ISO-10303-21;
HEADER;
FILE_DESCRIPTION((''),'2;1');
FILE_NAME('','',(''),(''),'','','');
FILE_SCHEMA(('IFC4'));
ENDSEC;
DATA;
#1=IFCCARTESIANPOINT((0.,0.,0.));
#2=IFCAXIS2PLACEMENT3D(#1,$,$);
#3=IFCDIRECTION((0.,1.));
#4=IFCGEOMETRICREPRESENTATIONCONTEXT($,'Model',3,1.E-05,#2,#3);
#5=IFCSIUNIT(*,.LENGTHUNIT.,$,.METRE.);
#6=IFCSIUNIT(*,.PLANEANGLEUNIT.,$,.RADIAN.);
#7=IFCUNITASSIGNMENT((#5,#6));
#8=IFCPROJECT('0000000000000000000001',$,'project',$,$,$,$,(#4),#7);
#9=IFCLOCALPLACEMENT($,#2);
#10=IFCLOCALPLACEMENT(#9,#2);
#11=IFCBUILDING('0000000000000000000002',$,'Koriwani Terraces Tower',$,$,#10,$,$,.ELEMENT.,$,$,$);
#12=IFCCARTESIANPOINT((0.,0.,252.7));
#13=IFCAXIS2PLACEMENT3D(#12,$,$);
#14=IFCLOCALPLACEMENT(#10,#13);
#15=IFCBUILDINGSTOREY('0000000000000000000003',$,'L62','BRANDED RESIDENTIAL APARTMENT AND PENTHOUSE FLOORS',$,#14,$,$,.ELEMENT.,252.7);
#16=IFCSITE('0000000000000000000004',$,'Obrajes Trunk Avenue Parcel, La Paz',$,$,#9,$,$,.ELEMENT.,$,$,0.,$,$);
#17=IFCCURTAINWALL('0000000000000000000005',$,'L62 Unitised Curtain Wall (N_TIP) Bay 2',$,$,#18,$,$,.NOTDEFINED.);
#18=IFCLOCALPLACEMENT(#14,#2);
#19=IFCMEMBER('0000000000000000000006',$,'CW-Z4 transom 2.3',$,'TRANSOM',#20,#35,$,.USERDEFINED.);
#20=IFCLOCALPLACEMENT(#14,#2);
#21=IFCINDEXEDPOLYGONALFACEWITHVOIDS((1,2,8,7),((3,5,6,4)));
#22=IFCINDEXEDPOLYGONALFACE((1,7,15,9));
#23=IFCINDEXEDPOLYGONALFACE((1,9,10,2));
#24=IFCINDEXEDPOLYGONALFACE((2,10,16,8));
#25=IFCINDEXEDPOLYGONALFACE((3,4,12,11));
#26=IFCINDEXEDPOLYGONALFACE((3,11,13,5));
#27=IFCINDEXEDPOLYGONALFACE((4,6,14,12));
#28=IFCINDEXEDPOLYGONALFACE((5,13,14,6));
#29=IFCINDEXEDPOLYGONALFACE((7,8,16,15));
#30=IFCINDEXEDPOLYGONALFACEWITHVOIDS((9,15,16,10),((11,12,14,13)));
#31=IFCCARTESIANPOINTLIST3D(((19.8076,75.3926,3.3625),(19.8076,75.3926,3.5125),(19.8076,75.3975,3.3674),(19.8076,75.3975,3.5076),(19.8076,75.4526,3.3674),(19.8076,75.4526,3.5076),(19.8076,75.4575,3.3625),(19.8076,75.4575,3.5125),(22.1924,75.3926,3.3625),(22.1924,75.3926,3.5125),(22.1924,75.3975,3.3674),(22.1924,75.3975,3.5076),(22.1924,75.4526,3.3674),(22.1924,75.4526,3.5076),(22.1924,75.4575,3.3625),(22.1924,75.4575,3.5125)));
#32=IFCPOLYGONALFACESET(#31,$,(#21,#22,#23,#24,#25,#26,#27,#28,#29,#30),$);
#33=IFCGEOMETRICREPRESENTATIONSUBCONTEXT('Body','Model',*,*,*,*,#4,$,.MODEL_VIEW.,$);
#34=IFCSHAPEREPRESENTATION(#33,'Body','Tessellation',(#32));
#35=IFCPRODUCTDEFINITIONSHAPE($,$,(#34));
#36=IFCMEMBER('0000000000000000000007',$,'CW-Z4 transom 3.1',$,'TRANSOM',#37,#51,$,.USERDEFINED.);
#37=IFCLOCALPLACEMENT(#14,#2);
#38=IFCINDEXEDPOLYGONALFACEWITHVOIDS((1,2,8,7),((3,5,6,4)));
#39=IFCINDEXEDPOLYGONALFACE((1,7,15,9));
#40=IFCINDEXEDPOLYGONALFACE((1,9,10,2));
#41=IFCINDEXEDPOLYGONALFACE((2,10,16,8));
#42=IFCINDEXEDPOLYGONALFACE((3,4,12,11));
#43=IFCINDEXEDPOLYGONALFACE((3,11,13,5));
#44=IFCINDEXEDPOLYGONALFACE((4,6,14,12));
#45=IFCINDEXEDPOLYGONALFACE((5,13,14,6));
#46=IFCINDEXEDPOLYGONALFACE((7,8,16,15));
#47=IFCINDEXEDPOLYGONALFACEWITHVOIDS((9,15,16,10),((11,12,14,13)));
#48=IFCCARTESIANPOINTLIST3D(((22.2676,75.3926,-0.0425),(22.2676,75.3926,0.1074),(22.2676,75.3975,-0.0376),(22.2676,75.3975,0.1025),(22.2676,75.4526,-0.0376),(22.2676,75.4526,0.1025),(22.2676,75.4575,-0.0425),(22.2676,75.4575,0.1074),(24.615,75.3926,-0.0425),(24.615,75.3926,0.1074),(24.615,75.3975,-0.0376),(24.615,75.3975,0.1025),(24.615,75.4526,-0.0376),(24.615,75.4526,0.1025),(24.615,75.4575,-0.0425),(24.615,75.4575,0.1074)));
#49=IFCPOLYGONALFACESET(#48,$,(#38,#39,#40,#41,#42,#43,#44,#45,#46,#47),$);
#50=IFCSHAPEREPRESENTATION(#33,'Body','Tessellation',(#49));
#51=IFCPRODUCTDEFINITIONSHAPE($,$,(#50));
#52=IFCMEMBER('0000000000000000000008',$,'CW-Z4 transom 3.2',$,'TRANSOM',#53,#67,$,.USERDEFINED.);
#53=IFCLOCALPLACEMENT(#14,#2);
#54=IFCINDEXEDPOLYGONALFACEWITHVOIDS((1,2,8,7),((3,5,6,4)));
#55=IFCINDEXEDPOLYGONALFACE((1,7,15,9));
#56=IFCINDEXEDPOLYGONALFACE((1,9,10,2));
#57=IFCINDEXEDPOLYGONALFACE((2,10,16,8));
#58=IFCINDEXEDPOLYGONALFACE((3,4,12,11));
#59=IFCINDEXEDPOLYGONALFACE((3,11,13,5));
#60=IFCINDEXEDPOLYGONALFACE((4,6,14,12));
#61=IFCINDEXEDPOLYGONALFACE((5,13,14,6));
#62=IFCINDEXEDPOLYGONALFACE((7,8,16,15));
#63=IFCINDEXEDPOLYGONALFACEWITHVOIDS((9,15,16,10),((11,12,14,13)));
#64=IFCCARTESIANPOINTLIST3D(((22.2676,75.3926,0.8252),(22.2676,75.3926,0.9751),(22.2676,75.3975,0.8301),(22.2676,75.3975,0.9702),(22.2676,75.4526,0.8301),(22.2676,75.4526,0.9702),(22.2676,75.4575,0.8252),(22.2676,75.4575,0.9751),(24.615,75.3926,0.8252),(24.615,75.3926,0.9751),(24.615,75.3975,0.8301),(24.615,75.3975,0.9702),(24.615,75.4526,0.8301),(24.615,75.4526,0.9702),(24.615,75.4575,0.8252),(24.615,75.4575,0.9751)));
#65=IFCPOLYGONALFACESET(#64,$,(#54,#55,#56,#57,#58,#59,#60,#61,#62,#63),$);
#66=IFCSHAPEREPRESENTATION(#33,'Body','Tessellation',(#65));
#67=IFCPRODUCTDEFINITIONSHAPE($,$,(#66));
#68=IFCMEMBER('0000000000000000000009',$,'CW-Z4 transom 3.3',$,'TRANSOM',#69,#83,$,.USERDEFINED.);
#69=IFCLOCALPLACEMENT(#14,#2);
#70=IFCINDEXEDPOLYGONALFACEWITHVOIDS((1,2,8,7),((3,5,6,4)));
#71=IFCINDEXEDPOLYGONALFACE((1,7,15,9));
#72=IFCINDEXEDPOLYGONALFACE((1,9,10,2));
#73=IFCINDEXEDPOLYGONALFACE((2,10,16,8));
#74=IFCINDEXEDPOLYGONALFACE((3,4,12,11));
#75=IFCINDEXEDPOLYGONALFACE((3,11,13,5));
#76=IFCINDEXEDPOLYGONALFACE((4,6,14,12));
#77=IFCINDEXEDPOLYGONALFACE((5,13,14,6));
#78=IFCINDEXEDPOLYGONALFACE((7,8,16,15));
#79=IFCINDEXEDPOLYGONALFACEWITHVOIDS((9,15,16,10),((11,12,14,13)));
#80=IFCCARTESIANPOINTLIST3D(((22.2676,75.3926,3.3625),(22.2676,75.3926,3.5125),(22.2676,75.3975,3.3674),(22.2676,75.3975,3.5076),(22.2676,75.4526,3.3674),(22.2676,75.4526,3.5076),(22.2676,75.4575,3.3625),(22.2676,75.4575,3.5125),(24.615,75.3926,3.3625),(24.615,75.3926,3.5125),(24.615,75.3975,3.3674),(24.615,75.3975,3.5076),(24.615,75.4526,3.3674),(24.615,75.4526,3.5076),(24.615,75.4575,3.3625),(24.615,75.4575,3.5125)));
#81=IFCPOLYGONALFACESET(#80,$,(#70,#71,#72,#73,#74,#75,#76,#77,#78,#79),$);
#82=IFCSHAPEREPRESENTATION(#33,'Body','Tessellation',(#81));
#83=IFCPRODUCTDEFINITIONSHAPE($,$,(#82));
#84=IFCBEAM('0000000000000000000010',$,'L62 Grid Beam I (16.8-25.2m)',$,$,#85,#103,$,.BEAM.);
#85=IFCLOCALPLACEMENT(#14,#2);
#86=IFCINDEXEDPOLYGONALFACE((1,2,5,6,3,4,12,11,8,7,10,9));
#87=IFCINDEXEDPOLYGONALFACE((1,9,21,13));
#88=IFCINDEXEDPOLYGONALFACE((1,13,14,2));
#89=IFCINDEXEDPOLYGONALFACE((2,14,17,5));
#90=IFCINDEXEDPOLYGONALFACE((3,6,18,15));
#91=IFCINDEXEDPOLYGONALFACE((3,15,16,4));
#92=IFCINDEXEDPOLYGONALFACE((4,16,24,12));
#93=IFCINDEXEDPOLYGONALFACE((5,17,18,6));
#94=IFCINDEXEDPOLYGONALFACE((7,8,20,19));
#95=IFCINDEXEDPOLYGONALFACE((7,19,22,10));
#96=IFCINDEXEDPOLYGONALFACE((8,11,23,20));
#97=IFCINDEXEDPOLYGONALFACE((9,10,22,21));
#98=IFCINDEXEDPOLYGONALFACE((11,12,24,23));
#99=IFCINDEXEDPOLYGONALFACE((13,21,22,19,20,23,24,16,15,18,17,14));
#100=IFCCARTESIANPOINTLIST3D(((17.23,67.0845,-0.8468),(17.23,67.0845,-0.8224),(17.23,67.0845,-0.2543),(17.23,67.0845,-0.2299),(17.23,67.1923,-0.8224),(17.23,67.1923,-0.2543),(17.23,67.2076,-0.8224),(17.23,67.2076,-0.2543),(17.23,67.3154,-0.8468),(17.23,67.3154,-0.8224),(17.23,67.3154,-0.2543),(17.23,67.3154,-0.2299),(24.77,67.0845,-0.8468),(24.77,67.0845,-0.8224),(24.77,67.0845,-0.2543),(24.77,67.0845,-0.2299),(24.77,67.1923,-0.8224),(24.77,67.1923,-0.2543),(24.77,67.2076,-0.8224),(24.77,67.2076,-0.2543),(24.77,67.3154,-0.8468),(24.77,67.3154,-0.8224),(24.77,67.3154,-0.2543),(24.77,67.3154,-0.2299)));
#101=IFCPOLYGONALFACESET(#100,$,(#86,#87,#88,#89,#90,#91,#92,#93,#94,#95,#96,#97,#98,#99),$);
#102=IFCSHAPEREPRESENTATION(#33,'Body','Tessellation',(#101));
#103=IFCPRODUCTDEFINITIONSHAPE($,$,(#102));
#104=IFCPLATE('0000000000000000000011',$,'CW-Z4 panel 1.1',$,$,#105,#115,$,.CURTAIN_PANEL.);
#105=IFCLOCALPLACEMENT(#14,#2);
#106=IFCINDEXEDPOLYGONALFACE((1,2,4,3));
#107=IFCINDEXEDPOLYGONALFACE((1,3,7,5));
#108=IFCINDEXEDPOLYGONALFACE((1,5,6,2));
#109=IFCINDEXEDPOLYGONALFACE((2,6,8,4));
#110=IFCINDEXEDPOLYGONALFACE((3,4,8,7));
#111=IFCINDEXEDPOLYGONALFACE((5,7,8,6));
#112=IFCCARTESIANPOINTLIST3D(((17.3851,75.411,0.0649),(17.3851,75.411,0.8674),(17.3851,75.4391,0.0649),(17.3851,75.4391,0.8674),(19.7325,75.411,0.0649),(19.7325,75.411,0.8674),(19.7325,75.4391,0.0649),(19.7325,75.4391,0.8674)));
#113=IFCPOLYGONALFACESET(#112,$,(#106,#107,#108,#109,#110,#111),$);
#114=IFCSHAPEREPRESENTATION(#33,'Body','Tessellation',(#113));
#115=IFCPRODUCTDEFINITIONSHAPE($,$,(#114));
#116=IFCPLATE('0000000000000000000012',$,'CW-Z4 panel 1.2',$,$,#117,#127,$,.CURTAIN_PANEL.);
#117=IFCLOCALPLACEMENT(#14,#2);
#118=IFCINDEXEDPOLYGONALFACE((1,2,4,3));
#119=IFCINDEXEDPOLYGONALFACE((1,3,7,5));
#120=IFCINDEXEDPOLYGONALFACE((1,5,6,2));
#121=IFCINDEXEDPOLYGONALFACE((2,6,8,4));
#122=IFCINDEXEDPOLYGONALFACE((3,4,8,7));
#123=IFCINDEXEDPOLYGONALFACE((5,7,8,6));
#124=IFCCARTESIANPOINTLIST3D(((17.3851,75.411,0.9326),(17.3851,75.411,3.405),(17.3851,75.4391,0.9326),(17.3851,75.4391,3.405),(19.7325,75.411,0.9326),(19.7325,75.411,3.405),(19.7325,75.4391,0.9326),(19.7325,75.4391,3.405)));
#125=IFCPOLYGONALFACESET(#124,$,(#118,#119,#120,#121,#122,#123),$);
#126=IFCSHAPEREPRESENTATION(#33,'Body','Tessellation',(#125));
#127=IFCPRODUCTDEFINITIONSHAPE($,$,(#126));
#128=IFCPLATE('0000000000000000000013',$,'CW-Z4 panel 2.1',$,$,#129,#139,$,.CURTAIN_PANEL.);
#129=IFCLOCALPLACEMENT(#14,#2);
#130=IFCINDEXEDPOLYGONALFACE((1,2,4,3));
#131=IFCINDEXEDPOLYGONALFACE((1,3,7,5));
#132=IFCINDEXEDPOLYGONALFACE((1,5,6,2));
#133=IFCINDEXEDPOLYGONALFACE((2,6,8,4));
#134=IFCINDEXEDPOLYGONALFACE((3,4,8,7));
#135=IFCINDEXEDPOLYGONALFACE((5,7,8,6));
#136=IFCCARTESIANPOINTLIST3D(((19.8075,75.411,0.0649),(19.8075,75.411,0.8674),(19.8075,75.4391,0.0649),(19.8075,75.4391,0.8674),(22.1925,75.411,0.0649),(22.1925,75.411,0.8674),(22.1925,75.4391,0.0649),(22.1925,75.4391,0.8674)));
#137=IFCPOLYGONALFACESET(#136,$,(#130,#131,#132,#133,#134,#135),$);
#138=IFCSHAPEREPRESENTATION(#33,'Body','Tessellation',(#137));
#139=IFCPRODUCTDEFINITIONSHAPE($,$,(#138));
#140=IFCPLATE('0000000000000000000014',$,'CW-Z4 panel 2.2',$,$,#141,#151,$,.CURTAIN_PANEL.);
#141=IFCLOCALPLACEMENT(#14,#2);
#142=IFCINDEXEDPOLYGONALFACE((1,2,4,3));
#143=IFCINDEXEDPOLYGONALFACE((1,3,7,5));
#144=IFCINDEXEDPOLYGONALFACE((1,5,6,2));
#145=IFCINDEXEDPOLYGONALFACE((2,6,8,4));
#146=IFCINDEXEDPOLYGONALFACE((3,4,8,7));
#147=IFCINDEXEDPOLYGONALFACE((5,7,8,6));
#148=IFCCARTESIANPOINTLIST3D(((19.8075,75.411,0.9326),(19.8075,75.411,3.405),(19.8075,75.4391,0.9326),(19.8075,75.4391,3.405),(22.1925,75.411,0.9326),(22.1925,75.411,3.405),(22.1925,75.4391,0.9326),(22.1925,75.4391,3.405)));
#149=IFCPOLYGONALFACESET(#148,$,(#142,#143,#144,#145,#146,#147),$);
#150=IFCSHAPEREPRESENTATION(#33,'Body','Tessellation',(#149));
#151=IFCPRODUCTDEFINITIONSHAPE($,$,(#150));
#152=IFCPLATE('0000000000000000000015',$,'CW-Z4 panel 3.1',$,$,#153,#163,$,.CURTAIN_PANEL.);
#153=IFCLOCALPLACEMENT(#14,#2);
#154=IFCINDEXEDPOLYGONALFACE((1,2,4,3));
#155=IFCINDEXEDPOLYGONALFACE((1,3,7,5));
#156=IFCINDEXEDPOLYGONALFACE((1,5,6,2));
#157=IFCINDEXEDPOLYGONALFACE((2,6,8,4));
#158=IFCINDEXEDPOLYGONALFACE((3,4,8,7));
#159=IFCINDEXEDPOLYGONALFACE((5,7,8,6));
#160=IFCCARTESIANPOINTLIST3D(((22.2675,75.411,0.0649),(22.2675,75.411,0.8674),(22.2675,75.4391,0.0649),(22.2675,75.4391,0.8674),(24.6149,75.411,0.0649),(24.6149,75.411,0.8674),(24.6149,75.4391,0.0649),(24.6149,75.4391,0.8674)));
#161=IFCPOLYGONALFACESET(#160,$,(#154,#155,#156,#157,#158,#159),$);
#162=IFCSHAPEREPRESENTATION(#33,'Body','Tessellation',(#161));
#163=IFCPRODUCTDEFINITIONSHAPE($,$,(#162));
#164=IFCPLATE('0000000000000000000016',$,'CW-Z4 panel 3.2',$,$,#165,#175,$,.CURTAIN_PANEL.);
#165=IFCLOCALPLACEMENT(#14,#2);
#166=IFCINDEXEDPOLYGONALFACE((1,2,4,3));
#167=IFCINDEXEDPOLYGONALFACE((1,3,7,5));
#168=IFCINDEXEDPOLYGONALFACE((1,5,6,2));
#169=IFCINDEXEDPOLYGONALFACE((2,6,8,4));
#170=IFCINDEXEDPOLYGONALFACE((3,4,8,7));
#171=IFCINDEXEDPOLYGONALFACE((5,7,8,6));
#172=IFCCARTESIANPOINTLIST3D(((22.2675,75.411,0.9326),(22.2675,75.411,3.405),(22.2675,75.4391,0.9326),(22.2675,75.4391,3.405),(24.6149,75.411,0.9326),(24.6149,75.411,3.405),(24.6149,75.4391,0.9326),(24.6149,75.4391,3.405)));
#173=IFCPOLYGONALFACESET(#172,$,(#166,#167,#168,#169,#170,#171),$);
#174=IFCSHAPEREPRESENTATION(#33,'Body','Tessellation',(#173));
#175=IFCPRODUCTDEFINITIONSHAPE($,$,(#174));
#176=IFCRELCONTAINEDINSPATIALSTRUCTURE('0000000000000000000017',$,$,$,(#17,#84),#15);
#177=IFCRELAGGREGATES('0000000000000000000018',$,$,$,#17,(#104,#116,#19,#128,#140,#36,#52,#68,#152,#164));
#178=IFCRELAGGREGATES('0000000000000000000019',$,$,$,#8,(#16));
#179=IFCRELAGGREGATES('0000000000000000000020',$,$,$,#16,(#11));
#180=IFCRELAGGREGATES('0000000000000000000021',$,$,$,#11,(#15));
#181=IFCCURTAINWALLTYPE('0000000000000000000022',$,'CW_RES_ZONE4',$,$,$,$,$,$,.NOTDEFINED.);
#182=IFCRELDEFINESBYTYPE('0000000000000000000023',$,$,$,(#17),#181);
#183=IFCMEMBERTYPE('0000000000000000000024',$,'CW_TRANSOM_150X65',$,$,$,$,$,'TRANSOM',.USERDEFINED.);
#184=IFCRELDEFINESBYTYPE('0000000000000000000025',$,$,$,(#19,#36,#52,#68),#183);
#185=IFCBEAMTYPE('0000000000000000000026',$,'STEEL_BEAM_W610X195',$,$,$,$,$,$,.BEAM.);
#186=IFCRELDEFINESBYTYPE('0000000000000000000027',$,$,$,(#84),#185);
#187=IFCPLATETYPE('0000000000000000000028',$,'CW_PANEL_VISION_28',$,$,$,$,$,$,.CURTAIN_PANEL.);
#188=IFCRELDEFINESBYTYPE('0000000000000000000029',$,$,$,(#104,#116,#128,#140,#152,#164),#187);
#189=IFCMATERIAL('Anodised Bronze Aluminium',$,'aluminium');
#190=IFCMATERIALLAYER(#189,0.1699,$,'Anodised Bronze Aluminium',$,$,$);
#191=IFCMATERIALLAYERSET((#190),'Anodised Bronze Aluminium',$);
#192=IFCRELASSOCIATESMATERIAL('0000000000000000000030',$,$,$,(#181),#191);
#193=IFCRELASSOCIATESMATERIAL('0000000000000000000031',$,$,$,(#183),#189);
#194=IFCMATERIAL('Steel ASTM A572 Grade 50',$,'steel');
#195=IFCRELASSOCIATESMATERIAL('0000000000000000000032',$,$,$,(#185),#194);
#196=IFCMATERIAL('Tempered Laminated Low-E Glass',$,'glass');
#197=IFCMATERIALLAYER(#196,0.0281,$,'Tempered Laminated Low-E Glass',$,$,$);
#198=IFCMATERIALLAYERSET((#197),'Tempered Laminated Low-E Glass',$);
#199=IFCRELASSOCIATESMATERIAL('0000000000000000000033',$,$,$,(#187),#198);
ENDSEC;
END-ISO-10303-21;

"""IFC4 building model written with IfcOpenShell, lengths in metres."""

from ifc_helpers import new_model, si_unit, direction, frame, origin, origin_2d, place, context, subcontext, project, spatial, rectangle, hollow_rectangle, i_section, extrude, material, layer, layer_set, material_profile, profile_set, type_object, element, aggregate, save


model = new_model("IFC4")

# Units and contexts
model_context = context("Model", 3, precision=1e-05, world=origin(), true_north=direction((0.0, 1.0)))
body_context = subcontext(model_context, "Body", "Model", "MODEL_VIEW")
ifc_project = project(units=[si_unit("LENGTHUNIT", "METRE"), si_unit("PLANEANGLEUNIT", "RADIAN")], contexts=[model_context])

# Site, building, storey
site_placement = place(None, origin())
site = spatial("IfcSite", under=ifc_project, at=site_placement, Name="Obrajes Trunk Avenue Parcel, La Paz", CompositionType="ELEMENT", RefElevation=0.0)
building_placement = place(site_placement, origin())
building = spatial("IfcBuilding", under=site, at=building_placement, Name="Koriwani Terraces Tower", CompositionType="ELEMENT")
storey_placement = place(building_placement, frame((0.0, 0.0, 252.7)))
storey = spatial("IfcBuildingStorey", under=building, at=storey_placement, Name="L62", Description="BRANDED RESIDENTIAL APARTMENT AND PENTHOUSE FLOORS", CompositionType="ELEMENT", Elevation=252.7)

# Curtain wall, members
ifc_material_1 = material(Name="Anodised Bronze Aluminium", Category="aluminium")
ifc_layer_1 = layer(ifc_material_1, 0.1699, Name="Anodised Bronze Aluminium")
ifc_layer_set_1 = layer_set([ifc_layer_1], Name="Anodised Bronze Aluminium")
curtain_wall_type = type_object("IfcCurtainWallType", Name="CW_RES_ZONE4", PredefinedType="NOTDEFINED", material=ifc_layer_set_1)
curtain_wall_placement = place(storey_placement, origin())
curtain_wall = element("IfcCurtainWall", 1, at=curtain_wall_placement, inside=storey, type_object=curtain_wall_type, Name="L62 Unitised Curtain Wall (N_TIP) Bay 2", PredefinedType="NOTDEFINED")
ifc_material_profile_1 = material_profile(ifc_material_1, hollow_rectangle(XDim=0.0649, YDim=0.1499, WallThickness=0.0049, at=origin_2d()), Name="Anodised Bronze Aluminium", Category="LoadBearing")
ifc_profile_set_1 = profile_set([ifc_material_profile_1], Name="Anodised Bronze Aluminium")
member_type_1 = type_object("IfcMemberType", Name="CW_TRANSOM_150X65", ElementType="TRANSOM", PredefinedType="USERDEFINED", material=ifc_profile_set_1)
member_1_placement = place(storey_placement, frame((19.8076, 75.425, 3.4375), z_axis=(1.0, 0.0, 0.0), x_axis=(0.0, 1.0, 0.0)))
member_1 = element("IfcMember", 2, at=member_1_placement, type_object=member_type_1, Name="CW-Z4 transom 2.3", ObjectType="TRANSOM", PredefinedType="USERDEFINED", context=body_context, shape_type="SweptSolid", body=[
    extrude(hollow_rectangle(XDim=0.0649, YDim=0.1499, WallThickness=0.0049, at=origin_2d()), origin(), (0.0, 0.0, 1.0), 2.3848),
])
member_2_placement = place(storey_placement, frame((22.2676, 75.425, 0.0325), z_axis=(1.0, 0.0, 0.0), x_axis=(0.0, 1.0, 0.0)))
member_2 = element("IfcMember", 3, at=member_2_placement, type_object=member_type_1, Name="CW-Z4 transom 3.1", ObjectType="TRANSOM", PredefinedType="USERDEFINED", context=body_context, shape_type="SweptSolid", body=[
    extrude(hollow_rectangle(XDim=0.0649, YDim=0.1499, WallThickness=0.0049, at=origin_2d()), origin(), (0.0, 0.0, 1.0), 2.3474),
])
member_3_placement = place(storey_placement, frame((22.2676, 75.425, 0.9001), z_axis=(1.0, 0.0, 0.0), x_axis=(0.0, 1.0, 0.0)))
member_3 = element("IfcMember", 4, at=member_3_placement, type_object=member_type_1, Name="CW-Z4 transom 3.2", ObjectType="TRANSOM", PredefinedType="USERDEFINED", context=body_context, shape_type="SweptSolid", body=[
    extrude(hollow_rectangle(XDim=0.0649, YDim=0.1499, WallThickness=0.0049, at=origin_2d()), origin(), (0.0, 0.0, 1.0), 2.3474),
])
member_4_placement = place(storey_placement, frame((22.2676, 75.425, 3.4375), z_axis=(1.0, 0.0, 0.0), x_axis=(0.0, 1.0, 0.0)))
member_4 = element("IfcMember", 5, at=member_4_placement, type_object=member_type_1, Name="CW-Z4 transom 3.3", ObjectType="TRANSOM", PredefinedType="USERDEFINED", context=body_context, shape_type="SweptSolid", body=[
    extrude(hollow_rectangle(XDim=0.0649, YDim=0.1499, WallThickness=0.0049, at=origin_2d()), origin(), (0.0, 0.0, 1.0), 2.3474),
])

# Beam
ifc_material_2 = material(Name="Steel ASTM A572 Grade 50", Category="steel")
ifc_material_profile_2 = material_profile(ifc_material_2, i_section(OverallWidth=0.231, OverallDepth=0.6169, WebThickness=0.0154, FlangeThickness=0.0244, at=origin_2d()), Name="Steel ASTM A572 Grade 50", Category="LoadBearing")
ifc_profile_set_2 = profile_set([ifc_material_profile_2], Name="Steel ASTM A572 Grade 50")
beam_type = type_object("IfcBeamType", Name="STEEL_BEAM_W610X195", PredefinedType="BEAM", material=ifc_profile_set_2)
beam_placement = place(storey_placement, frame((17.23, 67.2, -0.5383), z_axis=(1.0, 0.0, 0.0), x_axis=(0.0, 1.0, 0.0)))
element("IfcBeam", 6, at=beam_placement, inside=storey, type_object=beam_type, Name="L62 Grid Beam I (16.8-25.2m)", PredefinedType="BEAM", context=body_context, shape_type="SweptSolid", body=[
    extrude(i_section(OverallWidth=0.231, OverallDepth=0.6169, WebThickness=0.0154, FlangeThickness=0.0244, at=origin_2d()), origin(), (0.0, 0.0, 1.0), 7.54),
])

# Plates
ifc_material_3 = material(Name="Tempered Laminated Low-E Glass", Category="glass")
ifc_layer_2 = layer(ifc_material_3, 0.0281, Name="Tempered Laminated Low-E Glass")
ifc_layer_set_2 = layer_set([ifc_layer_2], Name="Tempered Laminated Low-E Glass")
plate_type = type_object("IfcPlateType", Name="CW_PANEL_VISION_28", PredefinedType="CURTAIN_PANEL", material=ifc_layer_set_2)
plate_1_placement = place(storey_placement, frame((18.5588, 75.425, 0.0649), z_axis=(0.0, 0.0, 1.0), x_axis=(1.0, 0.0, 0.0)))
plate_1 = element("IfcPlate", 7, at=plate_1_placement, type_object=plate_type, Name="CW-Z4 panel 1.1", PredefinedType="CURTAIN_PANEL", context=body_context, shape_type="SweptSolid", body=[
    extrude(rectangle(XDim=2.3474, YDim=0.0281, at=origin_2d()), origin(), (0.0, 0.0, 1.0), 0.8025),
])
plate_2_placement = place(storey_placement, frame((18.5588, 75.425, 0.9326), z_axis=(0.0, 0.0, 1.0), x_axis=(1.0, 0.0, 0.0)))
plate_2 = element("IfcPlate", 8, at=plate_2_placement, type_object=plate_type, Name="CW-Z4 panel 1.2", PredefinedType="CURTAIN_PANEL", context=body_context, shape_type="SweptSolid", body=[
    extrude(rectangle(XDim=2.3474, YDim=0.0281, at=origin_2d()), origin(), (0.0, 0.0, 1.0), 2.4724),
])
plate_3_placement = place(storey_placement, frame((21.0, 75.425, 0.0649), z_axis=(0.0, 0.0, 1.0), x_axis=(1.0, 0.0, 0.0)))
plate_3 = element("IfcPlate", 9, at=plate_3_placement, type_object=plate_type, Name="CW-Z4 panel 2.1", PredefinedType="CURTAIN_PANEL", context=body_context, shape_type="SweptSolid", body=[
    extrude(rectangle(XDim=2.385, YDim=0.0281, at=origin_2d()), origin(), (0.0, 0.0, 1.0), 0.8025),
])
plate_4_placement = place(storey_placement, frame((21.0, 75.425, 0.9326), z_axis=(0.0, 0.0, 1.0), x_axis=(1.0, 0.0, 0.0)))
plate_4 = element("IfcPlate", 10, at=plate_4_placement, type_object=plate_type, Name="CW-Z4 panel 2.2", PredefinedType="CURTAIN_PANEL", context=body_context, shape_type="SweptSolid", body=[
    extrude(rectangle(XDim=2.385, YDim=0.0281, at=origin_2d()), origin(), (0.0, 0.0, 1.0), 2.4724),
])
plate_5_placement = place(storey_placement, frame((23.4412, 75.425, 0.0649), z_axis=(0.0, 0.0, 1.0), x_axis=(1.0, 0.0, 0.0)))
plate_5 = element("IfcPlate", 11, at=plate_5_placement, type_object=plate_type, Name="CW-Z4 panel 3.1", PredefinedType="CURTAIN_PANEL", context=body_context, shape_type="SweptSolid", body=[
    extrude(rectangle(XDim=2.3474, YDim=0.0281, at=origin_2d()), origin(), (0.0, 0.0, 1.0), 0.8025),
])
plate_6_placement = place(storey_placement, frame((23.4412, 75.425, 0.9326), z_axis=(0.0, 0.0, 1.0), x_axis=(1.0, 0.0, 0.0)))
plate_6 = element("IfcPlate", 12, at=plate_6_placement, type_object=plate_type, Name="CW-Z4 panel 3.2", PredefinedType="CURTAIN_PANEL", context=body_context, shape_type="SweptSolid", body=[
    extrude(rectangle(XDim=2.3474, YDim=0.0281, at=origin_2d()), origin(), (0.0, 0.0, 1.0), 2.4724),
])
aggregate(curtain_wall, [plate_1, plate_2, member_1, plate_3, plate_4, member_2, member_3, member_4, plate_5, plate_6])

save(model, "model.ifc")
